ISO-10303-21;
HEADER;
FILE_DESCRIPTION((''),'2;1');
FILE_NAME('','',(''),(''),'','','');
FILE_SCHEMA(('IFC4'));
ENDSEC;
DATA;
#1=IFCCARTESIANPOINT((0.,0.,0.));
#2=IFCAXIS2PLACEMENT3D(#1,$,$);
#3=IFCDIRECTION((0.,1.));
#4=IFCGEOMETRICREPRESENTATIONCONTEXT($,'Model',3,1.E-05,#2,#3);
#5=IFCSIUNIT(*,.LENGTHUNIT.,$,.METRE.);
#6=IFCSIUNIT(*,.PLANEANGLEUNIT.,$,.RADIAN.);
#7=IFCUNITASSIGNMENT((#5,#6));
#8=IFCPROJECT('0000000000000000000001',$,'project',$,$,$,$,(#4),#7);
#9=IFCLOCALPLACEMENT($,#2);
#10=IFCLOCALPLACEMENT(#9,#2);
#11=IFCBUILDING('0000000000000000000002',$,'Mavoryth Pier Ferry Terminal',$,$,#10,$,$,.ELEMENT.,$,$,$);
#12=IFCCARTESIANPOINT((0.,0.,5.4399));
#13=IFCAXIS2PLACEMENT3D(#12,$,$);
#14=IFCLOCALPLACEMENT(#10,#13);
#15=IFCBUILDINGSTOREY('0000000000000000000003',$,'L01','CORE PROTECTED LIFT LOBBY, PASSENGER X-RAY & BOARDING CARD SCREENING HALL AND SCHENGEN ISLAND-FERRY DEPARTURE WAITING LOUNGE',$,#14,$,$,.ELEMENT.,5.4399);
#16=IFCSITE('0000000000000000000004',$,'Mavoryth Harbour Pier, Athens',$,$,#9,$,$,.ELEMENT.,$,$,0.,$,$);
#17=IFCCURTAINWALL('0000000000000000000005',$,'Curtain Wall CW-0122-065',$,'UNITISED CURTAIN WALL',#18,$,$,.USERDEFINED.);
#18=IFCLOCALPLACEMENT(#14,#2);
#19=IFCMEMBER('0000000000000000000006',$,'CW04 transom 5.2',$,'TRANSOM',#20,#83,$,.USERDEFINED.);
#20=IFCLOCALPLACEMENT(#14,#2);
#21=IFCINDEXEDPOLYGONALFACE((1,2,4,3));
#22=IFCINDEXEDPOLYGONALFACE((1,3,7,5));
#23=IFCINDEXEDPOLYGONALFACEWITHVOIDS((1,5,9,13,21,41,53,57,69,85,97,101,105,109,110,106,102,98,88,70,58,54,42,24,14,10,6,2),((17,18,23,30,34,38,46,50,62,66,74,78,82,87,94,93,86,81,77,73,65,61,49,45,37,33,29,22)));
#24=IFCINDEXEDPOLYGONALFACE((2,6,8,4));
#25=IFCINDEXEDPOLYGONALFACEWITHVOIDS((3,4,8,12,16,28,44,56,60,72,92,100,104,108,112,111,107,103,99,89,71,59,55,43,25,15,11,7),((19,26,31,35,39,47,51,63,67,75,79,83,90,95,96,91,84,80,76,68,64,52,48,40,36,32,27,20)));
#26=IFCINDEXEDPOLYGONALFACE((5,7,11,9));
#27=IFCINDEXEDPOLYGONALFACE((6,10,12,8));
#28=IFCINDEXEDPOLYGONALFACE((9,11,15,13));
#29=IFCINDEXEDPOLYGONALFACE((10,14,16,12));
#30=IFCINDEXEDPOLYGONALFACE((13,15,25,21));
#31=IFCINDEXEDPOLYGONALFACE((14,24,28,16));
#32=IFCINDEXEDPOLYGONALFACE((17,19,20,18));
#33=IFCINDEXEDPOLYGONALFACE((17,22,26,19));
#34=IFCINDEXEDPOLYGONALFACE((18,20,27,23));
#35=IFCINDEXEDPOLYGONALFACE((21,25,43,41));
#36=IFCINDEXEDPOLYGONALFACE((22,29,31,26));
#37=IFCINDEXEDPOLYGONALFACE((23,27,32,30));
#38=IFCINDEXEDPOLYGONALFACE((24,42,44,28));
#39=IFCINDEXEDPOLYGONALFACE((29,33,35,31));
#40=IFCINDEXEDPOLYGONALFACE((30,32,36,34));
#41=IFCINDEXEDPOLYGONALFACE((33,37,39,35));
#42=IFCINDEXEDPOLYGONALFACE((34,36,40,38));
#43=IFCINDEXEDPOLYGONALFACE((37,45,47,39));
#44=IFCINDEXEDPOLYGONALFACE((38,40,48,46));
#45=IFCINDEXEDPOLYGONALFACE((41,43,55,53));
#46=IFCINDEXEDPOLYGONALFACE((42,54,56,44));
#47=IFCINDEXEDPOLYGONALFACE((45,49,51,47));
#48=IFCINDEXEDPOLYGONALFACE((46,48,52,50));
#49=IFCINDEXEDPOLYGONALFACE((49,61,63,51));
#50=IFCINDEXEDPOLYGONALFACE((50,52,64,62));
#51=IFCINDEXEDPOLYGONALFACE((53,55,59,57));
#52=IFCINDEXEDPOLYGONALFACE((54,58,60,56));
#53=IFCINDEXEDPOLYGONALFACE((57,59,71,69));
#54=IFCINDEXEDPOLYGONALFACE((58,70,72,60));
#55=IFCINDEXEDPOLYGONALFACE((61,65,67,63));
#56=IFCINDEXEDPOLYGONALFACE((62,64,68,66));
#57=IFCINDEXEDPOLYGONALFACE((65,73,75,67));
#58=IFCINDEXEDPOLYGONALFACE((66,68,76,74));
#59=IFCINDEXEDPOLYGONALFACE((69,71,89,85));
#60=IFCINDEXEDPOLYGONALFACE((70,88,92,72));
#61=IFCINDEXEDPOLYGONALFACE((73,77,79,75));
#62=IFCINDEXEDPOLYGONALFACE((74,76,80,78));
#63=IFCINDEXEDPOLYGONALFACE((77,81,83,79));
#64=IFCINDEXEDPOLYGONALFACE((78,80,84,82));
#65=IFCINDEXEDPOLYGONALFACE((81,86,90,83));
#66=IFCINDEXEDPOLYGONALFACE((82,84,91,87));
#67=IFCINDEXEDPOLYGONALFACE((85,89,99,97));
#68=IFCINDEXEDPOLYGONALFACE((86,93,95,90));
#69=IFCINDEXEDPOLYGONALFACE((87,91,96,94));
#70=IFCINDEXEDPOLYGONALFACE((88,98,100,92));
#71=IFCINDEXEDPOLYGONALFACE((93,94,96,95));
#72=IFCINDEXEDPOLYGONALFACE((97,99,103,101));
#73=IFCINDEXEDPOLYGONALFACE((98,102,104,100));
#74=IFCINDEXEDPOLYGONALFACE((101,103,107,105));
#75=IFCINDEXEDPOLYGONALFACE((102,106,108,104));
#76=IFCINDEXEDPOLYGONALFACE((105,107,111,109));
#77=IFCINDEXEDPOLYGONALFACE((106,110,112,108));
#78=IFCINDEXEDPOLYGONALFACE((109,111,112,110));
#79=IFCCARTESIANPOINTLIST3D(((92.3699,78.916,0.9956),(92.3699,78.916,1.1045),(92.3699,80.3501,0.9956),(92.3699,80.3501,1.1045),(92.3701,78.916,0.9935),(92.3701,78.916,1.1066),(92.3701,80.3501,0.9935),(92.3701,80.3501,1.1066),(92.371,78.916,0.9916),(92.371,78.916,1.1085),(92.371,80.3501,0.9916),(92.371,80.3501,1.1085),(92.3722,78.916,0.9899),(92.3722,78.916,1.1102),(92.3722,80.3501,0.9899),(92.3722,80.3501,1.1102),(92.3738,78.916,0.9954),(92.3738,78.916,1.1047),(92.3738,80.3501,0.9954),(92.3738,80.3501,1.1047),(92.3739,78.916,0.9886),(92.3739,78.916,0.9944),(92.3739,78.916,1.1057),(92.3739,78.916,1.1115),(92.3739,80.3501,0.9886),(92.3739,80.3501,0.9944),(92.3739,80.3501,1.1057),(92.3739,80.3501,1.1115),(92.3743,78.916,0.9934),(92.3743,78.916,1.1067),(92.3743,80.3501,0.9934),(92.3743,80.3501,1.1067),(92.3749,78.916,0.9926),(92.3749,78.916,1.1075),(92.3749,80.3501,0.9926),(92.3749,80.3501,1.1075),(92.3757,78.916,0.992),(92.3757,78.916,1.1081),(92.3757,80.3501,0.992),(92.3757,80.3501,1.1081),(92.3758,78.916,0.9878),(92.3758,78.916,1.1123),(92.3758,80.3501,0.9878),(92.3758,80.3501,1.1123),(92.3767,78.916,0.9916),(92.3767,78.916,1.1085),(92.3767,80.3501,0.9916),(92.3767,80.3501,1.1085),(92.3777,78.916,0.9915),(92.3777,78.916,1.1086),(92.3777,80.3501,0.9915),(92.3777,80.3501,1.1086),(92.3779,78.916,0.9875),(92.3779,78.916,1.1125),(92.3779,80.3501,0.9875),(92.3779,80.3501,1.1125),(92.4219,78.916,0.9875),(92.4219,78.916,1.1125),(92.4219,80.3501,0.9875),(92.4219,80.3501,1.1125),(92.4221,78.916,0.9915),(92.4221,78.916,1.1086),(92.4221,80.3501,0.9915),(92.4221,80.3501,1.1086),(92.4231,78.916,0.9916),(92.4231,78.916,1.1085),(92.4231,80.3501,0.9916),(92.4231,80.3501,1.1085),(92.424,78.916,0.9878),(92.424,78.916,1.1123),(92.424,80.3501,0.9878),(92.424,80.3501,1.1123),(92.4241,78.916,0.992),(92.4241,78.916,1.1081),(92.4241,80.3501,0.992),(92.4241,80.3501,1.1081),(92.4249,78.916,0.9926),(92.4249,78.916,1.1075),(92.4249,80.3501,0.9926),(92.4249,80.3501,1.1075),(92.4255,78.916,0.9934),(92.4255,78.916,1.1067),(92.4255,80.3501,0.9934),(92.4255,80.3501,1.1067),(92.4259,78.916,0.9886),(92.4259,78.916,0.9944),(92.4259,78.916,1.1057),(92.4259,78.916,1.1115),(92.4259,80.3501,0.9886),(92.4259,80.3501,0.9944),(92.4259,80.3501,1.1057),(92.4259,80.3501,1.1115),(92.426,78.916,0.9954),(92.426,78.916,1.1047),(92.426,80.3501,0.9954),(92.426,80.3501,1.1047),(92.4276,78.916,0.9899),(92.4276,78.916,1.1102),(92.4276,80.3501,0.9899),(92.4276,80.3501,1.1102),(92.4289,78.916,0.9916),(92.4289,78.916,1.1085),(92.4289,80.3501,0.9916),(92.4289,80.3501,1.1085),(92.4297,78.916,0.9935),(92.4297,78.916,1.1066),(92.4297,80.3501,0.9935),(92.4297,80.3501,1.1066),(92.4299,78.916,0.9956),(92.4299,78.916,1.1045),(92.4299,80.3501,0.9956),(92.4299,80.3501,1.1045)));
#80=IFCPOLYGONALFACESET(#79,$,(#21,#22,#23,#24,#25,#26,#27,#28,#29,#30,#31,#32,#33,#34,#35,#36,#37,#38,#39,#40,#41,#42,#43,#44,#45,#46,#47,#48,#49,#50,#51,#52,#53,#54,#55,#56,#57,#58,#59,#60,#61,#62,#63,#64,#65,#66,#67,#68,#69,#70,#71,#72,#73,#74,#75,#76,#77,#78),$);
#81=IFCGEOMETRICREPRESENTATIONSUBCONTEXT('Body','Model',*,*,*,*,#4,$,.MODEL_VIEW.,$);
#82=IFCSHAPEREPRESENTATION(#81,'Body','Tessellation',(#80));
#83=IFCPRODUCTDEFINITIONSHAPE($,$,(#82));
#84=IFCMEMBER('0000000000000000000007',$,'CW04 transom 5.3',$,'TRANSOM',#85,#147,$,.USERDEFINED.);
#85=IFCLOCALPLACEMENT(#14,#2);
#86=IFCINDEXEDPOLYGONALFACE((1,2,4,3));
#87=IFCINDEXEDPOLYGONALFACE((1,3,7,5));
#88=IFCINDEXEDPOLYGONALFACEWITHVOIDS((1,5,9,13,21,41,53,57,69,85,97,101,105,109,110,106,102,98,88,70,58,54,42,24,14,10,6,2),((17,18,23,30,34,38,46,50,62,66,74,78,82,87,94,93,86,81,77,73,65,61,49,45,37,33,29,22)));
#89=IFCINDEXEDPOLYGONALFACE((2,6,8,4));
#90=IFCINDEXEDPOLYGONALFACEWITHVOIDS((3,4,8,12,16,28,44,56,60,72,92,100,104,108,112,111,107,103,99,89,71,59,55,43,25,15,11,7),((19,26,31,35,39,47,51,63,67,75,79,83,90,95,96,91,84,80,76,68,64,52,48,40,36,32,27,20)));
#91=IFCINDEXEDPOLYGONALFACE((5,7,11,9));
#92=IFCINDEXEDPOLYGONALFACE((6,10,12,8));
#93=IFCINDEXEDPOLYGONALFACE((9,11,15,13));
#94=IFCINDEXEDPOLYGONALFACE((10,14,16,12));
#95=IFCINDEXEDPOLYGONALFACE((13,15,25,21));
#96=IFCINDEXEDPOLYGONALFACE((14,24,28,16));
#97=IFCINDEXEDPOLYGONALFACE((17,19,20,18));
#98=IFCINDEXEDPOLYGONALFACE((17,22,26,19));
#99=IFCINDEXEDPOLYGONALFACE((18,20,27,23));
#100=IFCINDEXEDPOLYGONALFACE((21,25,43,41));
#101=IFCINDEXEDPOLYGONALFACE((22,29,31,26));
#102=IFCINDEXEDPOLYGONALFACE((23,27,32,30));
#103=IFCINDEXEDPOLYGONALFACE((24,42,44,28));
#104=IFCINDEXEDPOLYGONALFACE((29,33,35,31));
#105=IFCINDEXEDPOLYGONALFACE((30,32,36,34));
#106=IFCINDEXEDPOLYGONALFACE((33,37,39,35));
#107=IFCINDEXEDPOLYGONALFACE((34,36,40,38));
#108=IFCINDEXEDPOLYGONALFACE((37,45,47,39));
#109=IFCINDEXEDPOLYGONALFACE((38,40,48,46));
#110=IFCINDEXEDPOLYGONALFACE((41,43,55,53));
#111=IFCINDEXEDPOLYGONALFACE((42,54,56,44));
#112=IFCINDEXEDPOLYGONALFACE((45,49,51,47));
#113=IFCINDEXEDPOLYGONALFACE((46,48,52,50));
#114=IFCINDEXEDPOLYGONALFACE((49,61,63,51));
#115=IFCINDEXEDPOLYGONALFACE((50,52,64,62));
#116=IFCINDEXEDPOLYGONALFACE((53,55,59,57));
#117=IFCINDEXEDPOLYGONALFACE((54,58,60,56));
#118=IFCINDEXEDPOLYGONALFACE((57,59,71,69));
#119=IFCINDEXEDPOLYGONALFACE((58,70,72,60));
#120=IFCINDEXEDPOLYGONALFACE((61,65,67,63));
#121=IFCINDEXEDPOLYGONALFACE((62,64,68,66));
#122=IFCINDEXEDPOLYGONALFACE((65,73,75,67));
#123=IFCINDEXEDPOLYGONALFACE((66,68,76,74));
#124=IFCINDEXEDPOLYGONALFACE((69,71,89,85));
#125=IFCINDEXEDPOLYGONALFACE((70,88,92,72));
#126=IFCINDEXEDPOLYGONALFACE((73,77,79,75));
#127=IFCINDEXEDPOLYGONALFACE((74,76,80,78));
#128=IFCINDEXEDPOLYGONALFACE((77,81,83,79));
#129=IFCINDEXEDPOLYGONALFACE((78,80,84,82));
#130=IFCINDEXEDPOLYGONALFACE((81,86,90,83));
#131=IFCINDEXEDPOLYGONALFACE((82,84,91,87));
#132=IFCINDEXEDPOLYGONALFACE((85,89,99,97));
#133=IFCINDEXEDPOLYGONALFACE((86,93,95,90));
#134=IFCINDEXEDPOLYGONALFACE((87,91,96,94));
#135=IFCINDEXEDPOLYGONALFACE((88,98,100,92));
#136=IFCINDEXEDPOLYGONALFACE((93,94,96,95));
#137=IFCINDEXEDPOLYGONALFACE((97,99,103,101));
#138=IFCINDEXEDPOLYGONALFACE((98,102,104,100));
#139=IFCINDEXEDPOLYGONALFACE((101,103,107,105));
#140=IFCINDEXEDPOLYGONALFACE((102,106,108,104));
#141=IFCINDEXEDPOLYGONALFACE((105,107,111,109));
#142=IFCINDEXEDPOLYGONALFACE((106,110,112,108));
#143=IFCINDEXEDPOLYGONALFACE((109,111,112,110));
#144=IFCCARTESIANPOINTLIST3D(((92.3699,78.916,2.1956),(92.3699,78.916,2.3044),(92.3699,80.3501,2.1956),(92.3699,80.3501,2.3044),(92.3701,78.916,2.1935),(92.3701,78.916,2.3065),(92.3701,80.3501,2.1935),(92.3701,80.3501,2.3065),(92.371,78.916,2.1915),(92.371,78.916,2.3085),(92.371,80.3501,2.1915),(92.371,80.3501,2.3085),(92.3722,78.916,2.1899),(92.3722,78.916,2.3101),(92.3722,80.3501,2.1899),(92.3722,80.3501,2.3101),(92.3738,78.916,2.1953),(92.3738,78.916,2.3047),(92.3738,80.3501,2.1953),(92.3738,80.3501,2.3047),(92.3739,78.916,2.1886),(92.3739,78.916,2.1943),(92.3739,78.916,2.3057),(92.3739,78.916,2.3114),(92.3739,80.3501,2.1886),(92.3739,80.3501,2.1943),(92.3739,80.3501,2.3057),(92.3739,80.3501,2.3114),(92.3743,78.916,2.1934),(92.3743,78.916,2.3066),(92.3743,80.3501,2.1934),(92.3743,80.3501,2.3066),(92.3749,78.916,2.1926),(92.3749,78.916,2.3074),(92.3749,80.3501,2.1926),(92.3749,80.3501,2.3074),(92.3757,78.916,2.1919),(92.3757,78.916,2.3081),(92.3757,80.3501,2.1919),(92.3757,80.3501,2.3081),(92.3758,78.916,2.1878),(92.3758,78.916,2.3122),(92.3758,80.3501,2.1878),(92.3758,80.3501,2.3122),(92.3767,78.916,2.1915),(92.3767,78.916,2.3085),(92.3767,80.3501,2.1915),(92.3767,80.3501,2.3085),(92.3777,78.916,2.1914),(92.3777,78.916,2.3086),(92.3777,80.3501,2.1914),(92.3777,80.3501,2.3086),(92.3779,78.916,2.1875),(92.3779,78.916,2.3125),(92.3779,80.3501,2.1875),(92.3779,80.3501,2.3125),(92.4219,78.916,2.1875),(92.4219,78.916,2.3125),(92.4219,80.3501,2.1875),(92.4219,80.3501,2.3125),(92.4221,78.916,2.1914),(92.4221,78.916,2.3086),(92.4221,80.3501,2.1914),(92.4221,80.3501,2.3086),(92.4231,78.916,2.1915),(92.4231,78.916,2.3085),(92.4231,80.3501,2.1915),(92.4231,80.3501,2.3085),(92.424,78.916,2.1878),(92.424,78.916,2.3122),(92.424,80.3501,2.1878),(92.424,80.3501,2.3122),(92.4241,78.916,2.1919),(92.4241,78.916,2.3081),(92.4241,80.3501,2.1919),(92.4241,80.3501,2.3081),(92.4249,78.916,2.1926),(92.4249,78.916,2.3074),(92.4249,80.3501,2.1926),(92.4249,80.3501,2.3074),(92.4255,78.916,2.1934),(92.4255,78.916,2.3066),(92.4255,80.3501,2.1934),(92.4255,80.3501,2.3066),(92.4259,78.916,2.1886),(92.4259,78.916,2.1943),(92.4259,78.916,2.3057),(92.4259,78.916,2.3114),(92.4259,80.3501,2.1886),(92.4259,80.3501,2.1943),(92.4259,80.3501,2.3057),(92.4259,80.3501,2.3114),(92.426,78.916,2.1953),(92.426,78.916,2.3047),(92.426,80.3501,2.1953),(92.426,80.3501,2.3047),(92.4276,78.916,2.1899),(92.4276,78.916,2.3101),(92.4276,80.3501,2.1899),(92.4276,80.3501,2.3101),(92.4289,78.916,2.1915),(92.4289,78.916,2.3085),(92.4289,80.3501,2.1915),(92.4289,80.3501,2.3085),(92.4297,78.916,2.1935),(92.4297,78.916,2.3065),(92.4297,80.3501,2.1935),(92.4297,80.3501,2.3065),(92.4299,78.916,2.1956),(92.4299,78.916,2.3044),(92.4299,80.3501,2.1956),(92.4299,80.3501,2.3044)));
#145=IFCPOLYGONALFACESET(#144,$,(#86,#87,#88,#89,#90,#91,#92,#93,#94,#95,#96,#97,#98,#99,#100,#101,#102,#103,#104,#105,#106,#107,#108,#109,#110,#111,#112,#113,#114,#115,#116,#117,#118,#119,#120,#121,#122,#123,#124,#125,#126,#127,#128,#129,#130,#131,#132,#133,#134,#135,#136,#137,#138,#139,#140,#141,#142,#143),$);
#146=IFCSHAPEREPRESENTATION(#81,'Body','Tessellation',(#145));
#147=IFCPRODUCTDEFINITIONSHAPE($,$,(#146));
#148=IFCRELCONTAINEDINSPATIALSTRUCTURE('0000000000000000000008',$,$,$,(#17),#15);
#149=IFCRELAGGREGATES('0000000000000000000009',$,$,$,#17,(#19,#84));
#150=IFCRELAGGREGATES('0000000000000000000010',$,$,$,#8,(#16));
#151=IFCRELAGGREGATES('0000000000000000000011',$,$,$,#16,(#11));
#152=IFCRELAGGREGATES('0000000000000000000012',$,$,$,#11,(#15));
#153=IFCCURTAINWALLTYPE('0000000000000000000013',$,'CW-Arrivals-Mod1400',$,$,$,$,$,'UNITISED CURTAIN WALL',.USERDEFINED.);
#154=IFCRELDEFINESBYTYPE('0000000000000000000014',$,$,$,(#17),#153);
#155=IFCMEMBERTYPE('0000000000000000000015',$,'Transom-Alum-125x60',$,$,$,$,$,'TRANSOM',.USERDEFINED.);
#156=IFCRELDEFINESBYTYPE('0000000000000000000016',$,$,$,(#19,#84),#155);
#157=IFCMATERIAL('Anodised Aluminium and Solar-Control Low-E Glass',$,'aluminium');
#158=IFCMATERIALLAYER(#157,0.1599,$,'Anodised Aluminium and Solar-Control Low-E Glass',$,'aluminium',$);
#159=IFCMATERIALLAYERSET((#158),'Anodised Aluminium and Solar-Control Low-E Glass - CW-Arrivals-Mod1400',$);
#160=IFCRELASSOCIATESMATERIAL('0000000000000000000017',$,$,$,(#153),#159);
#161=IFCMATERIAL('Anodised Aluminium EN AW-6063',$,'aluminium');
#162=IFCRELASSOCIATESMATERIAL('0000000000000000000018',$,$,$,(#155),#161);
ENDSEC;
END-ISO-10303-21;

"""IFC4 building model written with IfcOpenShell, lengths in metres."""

from ifc_helpers import new_model, si_unit, direction, frame, origin, origin_2d, place, context, subcontext, project, spatial, hollow_rectangle, extrude, material, layer, layer_set, material_profile, profile_set, type_object, element, aggregate, save


model = new_model("IFC4")

# Units and contexts
model_context = context("Model", 3, precision=1e-05, world=origin(), true_north=direction((0.0, 1.0)))
body_context = subcontext(model_context, "Body", "Model", "MODEL_VIEW")
ifc_project = project(units=[si_unit("LENGTHUNIT", "METRE"), si_unit("PLANEANGLEUNIT", "RADIAN")], contexts=[model_context])

# Site, building, storey
site_placement = place(None, origin())
site = spatial("IfcSite", under=ifc_project, at=site_placement, Name="Mavoryth Harbour Pier, Athens", CompositionType="ELEMENT", RefElevation=0.0)
building_placement = place(site_placement, origin())
building = spatial("IfcBuilding", under=site, at=building_placement, Name="Mavoryth Pier Ferry Terminal", CompositionType="ELEMENT")
storey_placement = place(building_placement, frame((0.0, 0.0, 5.4399)))
storey = spatial("IfcBuildingStorey", under=building, at=storey_placement, Name="L01", Description="CORE PROTECTED LIFT LOBBY, PASSENGER X-RAY & BOARDING CARD SCREENING HALL AND SCHENGEN ISLAND-FERRY DEPARTURE WAITING LOUNGE", CompositionType="ELEMENT", Elevation=5.4399)

# Curtain wall
ifc_material_1 = material(Name="Anodised Aluminium and Solar-Control Low-E Glass", Category="aluminium")
ifc_layer_1 = layer(ifc_material_1, 0.1599, Name="Anodised Aluminium and Solar-Control Low-E Glass", Category="aluminium")
ifc_layer_set_1 = layer_set([ifc_layer_1], Name="Anodised Aluminium and Solar-Control Low-E Glass - CW-Arrivals-Mod1400")
curtain_wall_type = type_object("IfcCurtainWallType", Name="CW-Arrivals-Mod1400", ElementType="UNITISED CURTAIN WALL", PredefinedType="USERDEFINED", material=ifc_layer_set_1)
curtain_wall_1_placement = place(storey_placement, origin())
curtain_wall_1 = element("IfcCurtainWall", 1, at=curtain_wall_1_placement, inside=storey, type_object=curtain_wall_type, Name="Curtain Wall CW-0122-065", ObjectType="UNITISED CURTAIN WALL", PredefinedType="USERDEFINED")
ifc_material_2 = material(Name="Anodised Aluminium EN AW-6063", Category="aluminium")

# Members
ifc_material_profile_1 = material_profile(ifc_material_2, hollow_rectangle(XDim=0.0601, YDim=0.125, WallThickness=0.0039, InnerFilletRadius=0.0039, OuterFilletRadius=0.0081, at=origin_2d()), Name="AL-TRAN 125x60x4", Category="aluminium")
ifc_profile_set_1 = profile_set([ifc_material_profile_1], Name="Anodised Aluminium EN AW-6063 - AL-TRAN 125x60x4")
member_type_1 = type_object("IfcMemberType", Name="Transom-Alum-125x60", ElementType="TRANSOM", PredefinedType="USERDEFINED", material=ifc_profile_set_1)
member_1_placement = place(storey_placement, frame((92.3999, 78.916, 1.05), z_axis=(0.0, 1.0, 0.0), x_axis=(-1.0, 0.0, 0.0)))
member_1 = element("IfcMember", 2, at=member_1_placement, type_object=member_type_1, Name="CW04 transom 5.2", ObjectType="TRANSOM", PredefinedType="USERDEFINED", context=body_context, shape_type="SweptSolid", body=[
    extrude(hollow_rectangle(XDim=0.0601, YDim=0.125, WallThickness=0.0039, InnerFilletRadius=0.0039, OuterFilletRadius=0.0081, at=origin_2d()), origin(), (0.0, 0.0, 1.0), 1.4341),
])
member_2_placement = place(storey_placement, frame((92.3999, 78.916, 2.25), z_axis=(0.0, 1.0, 0.0), x_axis=(-1.0, 0.0, 0.0)))
member_2 = element("IfcMember", 3, at=member_2_placement, type_object=member_type_1, Name="CW04 transom 5.3", ObjectType="TRANSOM", PredefinedType="USERDEFINED", context=body_context, shape_type="SweptSolid", body=[
    extrude(hollow_rectangle(XDim=0.0601, YDim=0.125, WallThickness=0.0039, InnerFilletRadius=0.0039, OuterFilletRadius=0.0081, at=origin_2d()), origin(), (0.0, 0.0, 1.0), 1.4341),
])

aggregate(curtain_wall_1, [member_1, member_2])

save(model, "model.ifc")
